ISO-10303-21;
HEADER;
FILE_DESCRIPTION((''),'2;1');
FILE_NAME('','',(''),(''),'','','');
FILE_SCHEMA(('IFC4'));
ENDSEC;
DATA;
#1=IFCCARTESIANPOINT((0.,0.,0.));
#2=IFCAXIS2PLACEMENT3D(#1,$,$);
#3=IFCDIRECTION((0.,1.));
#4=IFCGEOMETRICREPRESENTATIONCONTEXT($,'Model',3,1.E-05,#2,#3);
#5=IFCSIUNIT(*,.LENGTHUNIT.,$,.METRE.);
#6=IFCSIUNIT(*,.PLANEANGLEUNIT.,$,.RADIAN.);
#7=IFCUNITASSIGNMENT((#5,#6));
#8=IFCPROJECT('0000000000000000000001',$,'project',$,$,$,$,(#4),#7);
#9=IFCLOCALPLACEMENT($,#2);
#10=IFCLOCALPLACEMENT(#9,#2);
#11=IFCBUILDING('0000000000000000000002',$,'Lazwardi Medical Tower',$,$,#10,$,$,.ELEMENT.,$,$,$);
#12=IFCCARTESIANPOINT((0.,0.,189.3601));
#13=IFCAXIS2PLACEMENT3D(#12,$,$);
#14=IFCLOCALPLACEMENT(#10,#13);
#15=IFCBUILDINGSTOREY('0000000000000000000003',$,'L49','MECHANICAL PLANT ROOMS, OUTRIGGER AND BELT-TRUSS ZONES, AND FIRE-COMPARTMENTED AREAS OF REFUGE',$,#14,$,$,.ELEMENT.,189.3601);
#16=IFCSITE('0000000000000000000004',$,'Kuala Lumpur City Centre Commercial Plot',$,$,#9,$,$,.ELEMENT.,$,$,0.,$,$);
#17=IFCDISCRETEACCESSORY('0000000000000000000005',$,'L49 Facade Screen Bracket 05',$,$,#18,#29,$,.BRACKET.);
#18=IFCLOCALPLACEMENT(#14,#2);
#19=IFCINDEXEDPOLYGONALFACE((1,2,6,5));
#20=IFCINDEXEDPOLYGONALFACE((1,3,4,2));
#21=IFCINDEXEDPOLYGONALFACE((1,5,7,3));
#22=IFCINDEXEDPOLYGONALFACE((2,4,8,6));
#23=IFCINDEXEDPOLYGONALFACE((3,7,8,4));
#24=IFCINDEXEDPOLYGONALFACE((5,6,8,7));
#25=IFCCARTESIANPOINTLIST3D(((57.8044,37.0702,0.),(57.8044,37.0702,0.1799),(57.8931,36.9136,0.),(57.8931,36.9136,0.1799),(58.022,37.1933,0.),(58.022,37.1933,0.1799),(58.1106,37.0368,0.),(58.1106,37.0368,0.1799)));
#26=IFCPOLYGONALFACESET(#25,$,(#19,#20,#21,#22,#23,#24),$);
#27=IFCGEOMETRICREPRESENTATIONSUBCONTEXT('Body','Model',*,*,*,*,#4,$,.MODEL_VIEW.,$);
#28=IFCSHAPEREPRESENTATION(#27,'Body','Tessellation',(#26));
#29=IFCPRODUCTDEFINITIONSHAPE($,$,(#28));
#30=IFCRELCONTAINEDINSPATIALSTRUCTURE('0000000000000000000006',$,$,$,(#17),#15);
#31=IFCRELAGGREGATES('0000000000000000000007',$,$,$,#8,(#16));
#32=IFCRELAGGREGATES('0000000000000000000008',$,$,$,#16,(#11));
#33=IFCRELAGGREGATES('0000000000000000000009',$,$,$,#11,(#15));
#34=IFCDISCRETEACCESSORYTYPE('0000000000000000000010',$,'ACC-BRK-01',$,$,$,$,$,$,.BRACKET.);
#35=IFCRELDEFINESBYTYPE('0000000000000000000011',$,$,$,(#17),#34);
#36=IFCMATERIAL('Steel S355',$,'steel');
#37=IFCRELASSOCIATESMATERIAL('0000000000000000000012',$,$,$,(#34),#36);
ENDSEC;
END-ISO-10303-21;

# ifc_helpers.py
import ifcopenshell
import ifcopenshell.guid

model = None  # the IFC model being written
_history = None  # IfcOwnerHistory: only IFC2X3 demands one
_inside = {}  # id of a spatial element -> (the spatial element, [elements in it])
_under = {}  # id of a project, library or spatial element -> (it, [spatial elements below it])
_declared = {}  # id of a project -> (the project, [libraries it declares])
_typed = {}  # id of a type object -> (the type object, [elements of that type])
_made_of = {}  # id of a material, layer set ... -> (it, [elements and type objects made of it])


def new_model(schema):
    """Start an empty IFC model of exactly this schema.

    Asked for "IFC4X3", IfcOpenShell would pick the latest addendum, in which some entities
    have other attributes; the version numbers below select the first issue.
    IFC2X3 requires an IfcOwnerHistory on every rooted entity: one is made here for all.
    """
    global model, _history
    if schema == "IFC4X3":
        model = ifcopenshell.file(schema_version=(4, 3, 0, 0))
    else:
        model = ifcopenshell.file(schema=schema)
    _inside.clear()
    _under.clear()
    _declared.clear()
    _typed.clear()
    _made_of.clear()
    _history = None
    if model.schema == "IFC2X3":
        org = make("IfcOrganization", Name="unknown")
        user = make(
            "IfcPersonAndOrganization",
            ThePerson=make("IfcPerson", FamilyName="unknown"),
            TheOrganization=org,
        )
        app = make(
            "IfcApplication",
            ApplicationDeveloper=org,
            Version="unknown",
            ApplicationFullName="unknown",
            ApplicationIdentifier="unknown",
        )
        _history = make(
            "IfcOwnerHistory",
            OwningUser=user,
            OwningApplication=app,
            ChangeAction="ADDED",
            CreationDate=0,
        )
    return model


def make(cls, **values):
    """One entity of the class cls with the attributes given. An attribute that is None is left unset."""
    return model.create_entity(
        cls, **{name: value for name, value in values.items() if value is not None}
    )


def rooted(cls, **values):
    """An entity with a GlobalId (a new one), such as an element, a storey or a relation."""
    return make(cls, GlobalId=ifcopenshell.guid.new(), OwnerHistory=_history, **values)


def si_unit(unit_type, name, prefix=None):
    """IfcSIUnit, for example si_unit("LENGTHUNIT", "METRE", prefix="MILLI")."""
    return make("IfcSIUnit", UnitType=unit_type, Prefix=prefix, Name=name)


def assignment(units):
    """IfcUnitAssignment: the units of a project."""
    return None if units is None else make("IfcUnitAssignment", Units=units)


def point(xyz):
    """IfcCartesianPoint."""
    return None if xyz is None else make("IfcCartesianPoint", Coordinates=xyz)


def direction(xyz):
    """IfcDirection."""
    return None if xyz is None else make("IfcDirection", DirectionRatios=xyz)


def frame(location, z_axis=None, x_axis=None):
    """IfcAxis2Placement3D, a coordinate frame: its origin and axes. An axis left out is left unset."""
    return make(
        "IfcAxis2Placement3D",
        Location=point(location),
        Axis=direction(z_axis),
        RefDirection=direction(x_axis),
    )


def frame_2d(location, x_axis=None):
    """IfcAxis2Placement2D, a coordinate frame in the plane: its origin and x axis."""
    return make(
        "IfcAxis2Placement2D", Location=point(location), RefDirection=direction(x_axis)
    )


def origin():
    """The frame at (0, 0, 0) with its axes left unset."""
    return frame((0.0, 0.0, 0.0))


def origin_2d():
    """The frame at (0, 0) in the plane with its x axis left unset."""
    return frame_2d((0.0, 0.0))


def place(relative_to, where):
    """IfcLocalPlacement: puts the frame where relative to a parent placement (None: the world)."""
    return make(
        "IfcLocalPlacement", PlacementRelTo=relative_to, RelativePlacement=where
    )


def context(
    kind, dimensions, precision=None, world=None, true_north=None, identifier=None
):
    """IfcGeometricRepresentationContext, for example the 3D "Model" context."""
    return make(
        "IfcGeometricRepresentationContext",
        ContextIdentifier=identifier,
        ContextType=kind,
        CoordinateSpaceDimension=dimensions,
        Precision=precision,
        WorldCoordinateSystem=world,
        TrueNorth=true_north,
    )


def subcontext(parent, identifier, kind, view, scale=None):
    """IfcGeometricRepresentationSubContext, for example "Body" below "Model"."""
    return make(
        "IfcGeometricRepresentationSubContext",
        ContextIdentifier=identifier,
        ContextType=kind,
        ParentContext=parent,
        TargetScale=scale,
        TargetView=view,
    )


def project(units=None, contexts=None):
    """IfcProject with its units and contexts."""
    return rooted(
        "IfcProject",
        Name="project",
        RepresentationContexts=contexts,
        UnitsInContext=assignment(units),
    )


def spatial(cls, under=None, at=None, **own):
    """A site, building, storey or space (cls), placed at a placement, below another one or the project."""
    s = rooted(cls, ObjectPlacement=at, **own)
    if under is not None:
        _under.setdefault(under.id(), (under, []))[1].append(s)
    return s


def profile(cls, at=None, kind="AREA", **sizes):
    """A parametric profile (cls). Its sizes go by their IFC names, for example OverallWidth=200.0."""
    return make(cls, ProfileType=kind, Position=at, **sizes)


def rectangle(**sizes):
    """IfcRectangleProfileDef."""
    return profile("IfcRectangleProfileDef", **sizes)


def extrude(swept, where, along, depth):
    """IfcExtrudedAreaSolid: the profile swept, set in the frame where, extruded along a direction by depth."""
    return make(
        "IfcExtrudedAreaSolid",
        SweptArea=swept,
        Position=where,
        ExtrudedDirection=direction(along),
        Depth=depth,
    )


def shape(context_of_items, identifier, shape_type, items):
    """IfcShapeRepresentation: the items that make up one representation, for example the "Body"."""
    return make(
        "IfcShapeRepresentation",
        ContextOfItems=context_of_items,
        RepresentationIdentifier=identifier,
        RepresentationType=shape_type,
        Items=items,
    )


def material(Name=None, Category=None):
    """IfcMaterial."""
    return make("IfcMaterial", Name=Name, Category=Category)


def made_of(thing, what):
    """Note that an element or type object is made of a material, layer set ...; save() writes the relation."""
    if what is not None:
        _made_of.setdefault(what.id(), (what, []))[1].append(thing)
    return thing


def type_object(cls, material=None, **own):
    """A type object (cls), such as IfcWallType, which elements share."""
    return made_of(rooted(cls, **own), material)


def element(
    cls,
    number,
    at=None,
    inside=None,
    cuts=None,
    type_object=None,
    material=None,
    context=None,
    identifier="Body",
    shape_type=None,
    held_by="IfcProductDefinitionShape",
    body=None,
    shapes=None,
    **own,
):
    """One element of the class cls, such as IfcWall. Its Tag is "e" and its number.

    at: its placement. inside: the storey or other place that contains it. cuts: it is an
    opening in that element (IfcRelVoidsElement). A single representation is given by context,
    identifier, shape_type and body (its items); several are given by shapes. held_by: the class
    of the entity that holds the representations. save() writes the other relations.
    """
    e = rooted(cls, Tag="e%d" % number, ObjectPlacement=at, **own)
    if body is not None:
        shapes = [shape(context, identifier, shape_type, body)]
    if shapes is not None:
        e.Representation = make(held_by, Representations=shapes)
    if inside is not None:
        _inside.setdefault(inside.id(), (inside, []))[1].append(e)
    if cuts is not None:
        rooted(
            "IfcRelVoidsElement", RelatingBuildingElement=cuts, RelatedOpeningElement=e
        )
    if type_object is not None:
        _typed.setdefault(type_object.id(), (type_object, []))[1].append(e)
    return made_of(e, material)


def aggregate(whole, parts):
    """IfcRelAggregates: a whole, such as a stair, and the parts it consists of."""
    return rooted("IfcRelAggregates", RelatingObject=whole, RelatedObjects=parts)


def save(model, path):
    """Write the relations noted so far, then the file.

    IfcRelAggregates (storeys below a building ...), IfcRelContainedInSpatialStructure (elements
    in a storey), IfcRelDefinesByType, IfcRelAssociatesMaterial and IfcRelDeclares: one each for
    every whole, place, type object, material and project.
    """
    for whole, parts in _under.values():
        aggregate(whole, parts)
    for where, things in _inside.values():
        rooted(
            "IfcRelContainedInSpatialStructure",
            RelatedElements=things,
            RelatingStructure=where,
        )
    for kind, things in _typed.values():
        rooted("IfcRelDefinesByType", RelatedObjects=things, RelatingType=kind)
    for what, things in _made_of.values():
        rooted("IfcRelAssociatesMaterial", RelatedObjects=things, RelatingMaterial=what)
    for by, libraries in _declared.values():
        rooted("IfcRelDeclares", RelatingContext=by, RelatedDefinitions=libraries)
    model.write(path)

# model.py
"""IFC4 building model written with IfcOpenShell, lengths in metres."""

from ifc_helpers import new_model, si_unit, direction, frame, origin, origin_2d, place, context, subcontext, project, spatial, rectangle, extrude, material, type_object, element, save


model = new_model("IFC4")

# Units and contexts
model_context = context("Model", 3, precision=1e-05, world=origin(), true_north=direction((0.0, 1.0)))
body_context = subcontext(model_context, "Body", "Model", "MODEL_VIEW")
ifc_project = project(units=[si_unit("LENGTHUNIT", "METRE"), si_unit("PLANEANGLEUNIT", "RADIAN")], contexts=[model_context])

# Site, building, storey
site_placement = place(None, origin())
site = spatial("IfcSite", under=ifc_project, at=site_placement, Name="Kuala Lumpur City Centre Commercial Plot", CompositionType="ELEMENT", RefElevation=0.0)
building_placement = place(site_placement, origin())
building = spatial("IfcBuilding", under=site, at=building_placement, Name="Lazwardi Medical Tower", CompositionType="ELEMENT")
storey_placement = place(building_placement, frame((0.0, 0.0, 189.3601)))
storey = spatial("IfcBuildingStorey", under=building, at=storey_placement, Name="L49", Description="MECHANICAL PLANT ROOMS, OUTRIGGER AND BELT-TRUSS ZONES, AND FIRE-COMPARTMENTED AREAS OF REFUGE", CompositionType="ELEMENT", Elevation=189.3601)

# Shared definitions
ifc_material_1 = material(Name="Steel S355", Category="steel")

# Discrete accessory
discrete_accessory_type = type_object("IfcDiscreteAccessoryType", Name="ACC-BRK-01", PredefinedType="BRACKET", material=ifc_material_1)
for number, where, z_axis, x_axis, name in (
    (1, (57.9575, 37.0535, 0.0), (0.0, 0.0, 1.0), (-0.492726, 0.870185, 0.0), "L49 Facade Screen Bracket 05"),
):
    element("IfcDiscreteAccessory", number, at=place(storey_placement, frame(where, z_axis=z_axis, x_axis=x_axis)), inside=storey, type_object=discrete_accessory_type, Name=name, PredefinedType="BRACKET", context=body_context, shape_type="SweptSolid", body=[
        extrude(rectangle(XDim=0.1799, YDim=0.25, at=origin_2d()), origin(), (0.0, 0.0, 1.0), 0.1799),
    ])

save(model, "model.ifc")
